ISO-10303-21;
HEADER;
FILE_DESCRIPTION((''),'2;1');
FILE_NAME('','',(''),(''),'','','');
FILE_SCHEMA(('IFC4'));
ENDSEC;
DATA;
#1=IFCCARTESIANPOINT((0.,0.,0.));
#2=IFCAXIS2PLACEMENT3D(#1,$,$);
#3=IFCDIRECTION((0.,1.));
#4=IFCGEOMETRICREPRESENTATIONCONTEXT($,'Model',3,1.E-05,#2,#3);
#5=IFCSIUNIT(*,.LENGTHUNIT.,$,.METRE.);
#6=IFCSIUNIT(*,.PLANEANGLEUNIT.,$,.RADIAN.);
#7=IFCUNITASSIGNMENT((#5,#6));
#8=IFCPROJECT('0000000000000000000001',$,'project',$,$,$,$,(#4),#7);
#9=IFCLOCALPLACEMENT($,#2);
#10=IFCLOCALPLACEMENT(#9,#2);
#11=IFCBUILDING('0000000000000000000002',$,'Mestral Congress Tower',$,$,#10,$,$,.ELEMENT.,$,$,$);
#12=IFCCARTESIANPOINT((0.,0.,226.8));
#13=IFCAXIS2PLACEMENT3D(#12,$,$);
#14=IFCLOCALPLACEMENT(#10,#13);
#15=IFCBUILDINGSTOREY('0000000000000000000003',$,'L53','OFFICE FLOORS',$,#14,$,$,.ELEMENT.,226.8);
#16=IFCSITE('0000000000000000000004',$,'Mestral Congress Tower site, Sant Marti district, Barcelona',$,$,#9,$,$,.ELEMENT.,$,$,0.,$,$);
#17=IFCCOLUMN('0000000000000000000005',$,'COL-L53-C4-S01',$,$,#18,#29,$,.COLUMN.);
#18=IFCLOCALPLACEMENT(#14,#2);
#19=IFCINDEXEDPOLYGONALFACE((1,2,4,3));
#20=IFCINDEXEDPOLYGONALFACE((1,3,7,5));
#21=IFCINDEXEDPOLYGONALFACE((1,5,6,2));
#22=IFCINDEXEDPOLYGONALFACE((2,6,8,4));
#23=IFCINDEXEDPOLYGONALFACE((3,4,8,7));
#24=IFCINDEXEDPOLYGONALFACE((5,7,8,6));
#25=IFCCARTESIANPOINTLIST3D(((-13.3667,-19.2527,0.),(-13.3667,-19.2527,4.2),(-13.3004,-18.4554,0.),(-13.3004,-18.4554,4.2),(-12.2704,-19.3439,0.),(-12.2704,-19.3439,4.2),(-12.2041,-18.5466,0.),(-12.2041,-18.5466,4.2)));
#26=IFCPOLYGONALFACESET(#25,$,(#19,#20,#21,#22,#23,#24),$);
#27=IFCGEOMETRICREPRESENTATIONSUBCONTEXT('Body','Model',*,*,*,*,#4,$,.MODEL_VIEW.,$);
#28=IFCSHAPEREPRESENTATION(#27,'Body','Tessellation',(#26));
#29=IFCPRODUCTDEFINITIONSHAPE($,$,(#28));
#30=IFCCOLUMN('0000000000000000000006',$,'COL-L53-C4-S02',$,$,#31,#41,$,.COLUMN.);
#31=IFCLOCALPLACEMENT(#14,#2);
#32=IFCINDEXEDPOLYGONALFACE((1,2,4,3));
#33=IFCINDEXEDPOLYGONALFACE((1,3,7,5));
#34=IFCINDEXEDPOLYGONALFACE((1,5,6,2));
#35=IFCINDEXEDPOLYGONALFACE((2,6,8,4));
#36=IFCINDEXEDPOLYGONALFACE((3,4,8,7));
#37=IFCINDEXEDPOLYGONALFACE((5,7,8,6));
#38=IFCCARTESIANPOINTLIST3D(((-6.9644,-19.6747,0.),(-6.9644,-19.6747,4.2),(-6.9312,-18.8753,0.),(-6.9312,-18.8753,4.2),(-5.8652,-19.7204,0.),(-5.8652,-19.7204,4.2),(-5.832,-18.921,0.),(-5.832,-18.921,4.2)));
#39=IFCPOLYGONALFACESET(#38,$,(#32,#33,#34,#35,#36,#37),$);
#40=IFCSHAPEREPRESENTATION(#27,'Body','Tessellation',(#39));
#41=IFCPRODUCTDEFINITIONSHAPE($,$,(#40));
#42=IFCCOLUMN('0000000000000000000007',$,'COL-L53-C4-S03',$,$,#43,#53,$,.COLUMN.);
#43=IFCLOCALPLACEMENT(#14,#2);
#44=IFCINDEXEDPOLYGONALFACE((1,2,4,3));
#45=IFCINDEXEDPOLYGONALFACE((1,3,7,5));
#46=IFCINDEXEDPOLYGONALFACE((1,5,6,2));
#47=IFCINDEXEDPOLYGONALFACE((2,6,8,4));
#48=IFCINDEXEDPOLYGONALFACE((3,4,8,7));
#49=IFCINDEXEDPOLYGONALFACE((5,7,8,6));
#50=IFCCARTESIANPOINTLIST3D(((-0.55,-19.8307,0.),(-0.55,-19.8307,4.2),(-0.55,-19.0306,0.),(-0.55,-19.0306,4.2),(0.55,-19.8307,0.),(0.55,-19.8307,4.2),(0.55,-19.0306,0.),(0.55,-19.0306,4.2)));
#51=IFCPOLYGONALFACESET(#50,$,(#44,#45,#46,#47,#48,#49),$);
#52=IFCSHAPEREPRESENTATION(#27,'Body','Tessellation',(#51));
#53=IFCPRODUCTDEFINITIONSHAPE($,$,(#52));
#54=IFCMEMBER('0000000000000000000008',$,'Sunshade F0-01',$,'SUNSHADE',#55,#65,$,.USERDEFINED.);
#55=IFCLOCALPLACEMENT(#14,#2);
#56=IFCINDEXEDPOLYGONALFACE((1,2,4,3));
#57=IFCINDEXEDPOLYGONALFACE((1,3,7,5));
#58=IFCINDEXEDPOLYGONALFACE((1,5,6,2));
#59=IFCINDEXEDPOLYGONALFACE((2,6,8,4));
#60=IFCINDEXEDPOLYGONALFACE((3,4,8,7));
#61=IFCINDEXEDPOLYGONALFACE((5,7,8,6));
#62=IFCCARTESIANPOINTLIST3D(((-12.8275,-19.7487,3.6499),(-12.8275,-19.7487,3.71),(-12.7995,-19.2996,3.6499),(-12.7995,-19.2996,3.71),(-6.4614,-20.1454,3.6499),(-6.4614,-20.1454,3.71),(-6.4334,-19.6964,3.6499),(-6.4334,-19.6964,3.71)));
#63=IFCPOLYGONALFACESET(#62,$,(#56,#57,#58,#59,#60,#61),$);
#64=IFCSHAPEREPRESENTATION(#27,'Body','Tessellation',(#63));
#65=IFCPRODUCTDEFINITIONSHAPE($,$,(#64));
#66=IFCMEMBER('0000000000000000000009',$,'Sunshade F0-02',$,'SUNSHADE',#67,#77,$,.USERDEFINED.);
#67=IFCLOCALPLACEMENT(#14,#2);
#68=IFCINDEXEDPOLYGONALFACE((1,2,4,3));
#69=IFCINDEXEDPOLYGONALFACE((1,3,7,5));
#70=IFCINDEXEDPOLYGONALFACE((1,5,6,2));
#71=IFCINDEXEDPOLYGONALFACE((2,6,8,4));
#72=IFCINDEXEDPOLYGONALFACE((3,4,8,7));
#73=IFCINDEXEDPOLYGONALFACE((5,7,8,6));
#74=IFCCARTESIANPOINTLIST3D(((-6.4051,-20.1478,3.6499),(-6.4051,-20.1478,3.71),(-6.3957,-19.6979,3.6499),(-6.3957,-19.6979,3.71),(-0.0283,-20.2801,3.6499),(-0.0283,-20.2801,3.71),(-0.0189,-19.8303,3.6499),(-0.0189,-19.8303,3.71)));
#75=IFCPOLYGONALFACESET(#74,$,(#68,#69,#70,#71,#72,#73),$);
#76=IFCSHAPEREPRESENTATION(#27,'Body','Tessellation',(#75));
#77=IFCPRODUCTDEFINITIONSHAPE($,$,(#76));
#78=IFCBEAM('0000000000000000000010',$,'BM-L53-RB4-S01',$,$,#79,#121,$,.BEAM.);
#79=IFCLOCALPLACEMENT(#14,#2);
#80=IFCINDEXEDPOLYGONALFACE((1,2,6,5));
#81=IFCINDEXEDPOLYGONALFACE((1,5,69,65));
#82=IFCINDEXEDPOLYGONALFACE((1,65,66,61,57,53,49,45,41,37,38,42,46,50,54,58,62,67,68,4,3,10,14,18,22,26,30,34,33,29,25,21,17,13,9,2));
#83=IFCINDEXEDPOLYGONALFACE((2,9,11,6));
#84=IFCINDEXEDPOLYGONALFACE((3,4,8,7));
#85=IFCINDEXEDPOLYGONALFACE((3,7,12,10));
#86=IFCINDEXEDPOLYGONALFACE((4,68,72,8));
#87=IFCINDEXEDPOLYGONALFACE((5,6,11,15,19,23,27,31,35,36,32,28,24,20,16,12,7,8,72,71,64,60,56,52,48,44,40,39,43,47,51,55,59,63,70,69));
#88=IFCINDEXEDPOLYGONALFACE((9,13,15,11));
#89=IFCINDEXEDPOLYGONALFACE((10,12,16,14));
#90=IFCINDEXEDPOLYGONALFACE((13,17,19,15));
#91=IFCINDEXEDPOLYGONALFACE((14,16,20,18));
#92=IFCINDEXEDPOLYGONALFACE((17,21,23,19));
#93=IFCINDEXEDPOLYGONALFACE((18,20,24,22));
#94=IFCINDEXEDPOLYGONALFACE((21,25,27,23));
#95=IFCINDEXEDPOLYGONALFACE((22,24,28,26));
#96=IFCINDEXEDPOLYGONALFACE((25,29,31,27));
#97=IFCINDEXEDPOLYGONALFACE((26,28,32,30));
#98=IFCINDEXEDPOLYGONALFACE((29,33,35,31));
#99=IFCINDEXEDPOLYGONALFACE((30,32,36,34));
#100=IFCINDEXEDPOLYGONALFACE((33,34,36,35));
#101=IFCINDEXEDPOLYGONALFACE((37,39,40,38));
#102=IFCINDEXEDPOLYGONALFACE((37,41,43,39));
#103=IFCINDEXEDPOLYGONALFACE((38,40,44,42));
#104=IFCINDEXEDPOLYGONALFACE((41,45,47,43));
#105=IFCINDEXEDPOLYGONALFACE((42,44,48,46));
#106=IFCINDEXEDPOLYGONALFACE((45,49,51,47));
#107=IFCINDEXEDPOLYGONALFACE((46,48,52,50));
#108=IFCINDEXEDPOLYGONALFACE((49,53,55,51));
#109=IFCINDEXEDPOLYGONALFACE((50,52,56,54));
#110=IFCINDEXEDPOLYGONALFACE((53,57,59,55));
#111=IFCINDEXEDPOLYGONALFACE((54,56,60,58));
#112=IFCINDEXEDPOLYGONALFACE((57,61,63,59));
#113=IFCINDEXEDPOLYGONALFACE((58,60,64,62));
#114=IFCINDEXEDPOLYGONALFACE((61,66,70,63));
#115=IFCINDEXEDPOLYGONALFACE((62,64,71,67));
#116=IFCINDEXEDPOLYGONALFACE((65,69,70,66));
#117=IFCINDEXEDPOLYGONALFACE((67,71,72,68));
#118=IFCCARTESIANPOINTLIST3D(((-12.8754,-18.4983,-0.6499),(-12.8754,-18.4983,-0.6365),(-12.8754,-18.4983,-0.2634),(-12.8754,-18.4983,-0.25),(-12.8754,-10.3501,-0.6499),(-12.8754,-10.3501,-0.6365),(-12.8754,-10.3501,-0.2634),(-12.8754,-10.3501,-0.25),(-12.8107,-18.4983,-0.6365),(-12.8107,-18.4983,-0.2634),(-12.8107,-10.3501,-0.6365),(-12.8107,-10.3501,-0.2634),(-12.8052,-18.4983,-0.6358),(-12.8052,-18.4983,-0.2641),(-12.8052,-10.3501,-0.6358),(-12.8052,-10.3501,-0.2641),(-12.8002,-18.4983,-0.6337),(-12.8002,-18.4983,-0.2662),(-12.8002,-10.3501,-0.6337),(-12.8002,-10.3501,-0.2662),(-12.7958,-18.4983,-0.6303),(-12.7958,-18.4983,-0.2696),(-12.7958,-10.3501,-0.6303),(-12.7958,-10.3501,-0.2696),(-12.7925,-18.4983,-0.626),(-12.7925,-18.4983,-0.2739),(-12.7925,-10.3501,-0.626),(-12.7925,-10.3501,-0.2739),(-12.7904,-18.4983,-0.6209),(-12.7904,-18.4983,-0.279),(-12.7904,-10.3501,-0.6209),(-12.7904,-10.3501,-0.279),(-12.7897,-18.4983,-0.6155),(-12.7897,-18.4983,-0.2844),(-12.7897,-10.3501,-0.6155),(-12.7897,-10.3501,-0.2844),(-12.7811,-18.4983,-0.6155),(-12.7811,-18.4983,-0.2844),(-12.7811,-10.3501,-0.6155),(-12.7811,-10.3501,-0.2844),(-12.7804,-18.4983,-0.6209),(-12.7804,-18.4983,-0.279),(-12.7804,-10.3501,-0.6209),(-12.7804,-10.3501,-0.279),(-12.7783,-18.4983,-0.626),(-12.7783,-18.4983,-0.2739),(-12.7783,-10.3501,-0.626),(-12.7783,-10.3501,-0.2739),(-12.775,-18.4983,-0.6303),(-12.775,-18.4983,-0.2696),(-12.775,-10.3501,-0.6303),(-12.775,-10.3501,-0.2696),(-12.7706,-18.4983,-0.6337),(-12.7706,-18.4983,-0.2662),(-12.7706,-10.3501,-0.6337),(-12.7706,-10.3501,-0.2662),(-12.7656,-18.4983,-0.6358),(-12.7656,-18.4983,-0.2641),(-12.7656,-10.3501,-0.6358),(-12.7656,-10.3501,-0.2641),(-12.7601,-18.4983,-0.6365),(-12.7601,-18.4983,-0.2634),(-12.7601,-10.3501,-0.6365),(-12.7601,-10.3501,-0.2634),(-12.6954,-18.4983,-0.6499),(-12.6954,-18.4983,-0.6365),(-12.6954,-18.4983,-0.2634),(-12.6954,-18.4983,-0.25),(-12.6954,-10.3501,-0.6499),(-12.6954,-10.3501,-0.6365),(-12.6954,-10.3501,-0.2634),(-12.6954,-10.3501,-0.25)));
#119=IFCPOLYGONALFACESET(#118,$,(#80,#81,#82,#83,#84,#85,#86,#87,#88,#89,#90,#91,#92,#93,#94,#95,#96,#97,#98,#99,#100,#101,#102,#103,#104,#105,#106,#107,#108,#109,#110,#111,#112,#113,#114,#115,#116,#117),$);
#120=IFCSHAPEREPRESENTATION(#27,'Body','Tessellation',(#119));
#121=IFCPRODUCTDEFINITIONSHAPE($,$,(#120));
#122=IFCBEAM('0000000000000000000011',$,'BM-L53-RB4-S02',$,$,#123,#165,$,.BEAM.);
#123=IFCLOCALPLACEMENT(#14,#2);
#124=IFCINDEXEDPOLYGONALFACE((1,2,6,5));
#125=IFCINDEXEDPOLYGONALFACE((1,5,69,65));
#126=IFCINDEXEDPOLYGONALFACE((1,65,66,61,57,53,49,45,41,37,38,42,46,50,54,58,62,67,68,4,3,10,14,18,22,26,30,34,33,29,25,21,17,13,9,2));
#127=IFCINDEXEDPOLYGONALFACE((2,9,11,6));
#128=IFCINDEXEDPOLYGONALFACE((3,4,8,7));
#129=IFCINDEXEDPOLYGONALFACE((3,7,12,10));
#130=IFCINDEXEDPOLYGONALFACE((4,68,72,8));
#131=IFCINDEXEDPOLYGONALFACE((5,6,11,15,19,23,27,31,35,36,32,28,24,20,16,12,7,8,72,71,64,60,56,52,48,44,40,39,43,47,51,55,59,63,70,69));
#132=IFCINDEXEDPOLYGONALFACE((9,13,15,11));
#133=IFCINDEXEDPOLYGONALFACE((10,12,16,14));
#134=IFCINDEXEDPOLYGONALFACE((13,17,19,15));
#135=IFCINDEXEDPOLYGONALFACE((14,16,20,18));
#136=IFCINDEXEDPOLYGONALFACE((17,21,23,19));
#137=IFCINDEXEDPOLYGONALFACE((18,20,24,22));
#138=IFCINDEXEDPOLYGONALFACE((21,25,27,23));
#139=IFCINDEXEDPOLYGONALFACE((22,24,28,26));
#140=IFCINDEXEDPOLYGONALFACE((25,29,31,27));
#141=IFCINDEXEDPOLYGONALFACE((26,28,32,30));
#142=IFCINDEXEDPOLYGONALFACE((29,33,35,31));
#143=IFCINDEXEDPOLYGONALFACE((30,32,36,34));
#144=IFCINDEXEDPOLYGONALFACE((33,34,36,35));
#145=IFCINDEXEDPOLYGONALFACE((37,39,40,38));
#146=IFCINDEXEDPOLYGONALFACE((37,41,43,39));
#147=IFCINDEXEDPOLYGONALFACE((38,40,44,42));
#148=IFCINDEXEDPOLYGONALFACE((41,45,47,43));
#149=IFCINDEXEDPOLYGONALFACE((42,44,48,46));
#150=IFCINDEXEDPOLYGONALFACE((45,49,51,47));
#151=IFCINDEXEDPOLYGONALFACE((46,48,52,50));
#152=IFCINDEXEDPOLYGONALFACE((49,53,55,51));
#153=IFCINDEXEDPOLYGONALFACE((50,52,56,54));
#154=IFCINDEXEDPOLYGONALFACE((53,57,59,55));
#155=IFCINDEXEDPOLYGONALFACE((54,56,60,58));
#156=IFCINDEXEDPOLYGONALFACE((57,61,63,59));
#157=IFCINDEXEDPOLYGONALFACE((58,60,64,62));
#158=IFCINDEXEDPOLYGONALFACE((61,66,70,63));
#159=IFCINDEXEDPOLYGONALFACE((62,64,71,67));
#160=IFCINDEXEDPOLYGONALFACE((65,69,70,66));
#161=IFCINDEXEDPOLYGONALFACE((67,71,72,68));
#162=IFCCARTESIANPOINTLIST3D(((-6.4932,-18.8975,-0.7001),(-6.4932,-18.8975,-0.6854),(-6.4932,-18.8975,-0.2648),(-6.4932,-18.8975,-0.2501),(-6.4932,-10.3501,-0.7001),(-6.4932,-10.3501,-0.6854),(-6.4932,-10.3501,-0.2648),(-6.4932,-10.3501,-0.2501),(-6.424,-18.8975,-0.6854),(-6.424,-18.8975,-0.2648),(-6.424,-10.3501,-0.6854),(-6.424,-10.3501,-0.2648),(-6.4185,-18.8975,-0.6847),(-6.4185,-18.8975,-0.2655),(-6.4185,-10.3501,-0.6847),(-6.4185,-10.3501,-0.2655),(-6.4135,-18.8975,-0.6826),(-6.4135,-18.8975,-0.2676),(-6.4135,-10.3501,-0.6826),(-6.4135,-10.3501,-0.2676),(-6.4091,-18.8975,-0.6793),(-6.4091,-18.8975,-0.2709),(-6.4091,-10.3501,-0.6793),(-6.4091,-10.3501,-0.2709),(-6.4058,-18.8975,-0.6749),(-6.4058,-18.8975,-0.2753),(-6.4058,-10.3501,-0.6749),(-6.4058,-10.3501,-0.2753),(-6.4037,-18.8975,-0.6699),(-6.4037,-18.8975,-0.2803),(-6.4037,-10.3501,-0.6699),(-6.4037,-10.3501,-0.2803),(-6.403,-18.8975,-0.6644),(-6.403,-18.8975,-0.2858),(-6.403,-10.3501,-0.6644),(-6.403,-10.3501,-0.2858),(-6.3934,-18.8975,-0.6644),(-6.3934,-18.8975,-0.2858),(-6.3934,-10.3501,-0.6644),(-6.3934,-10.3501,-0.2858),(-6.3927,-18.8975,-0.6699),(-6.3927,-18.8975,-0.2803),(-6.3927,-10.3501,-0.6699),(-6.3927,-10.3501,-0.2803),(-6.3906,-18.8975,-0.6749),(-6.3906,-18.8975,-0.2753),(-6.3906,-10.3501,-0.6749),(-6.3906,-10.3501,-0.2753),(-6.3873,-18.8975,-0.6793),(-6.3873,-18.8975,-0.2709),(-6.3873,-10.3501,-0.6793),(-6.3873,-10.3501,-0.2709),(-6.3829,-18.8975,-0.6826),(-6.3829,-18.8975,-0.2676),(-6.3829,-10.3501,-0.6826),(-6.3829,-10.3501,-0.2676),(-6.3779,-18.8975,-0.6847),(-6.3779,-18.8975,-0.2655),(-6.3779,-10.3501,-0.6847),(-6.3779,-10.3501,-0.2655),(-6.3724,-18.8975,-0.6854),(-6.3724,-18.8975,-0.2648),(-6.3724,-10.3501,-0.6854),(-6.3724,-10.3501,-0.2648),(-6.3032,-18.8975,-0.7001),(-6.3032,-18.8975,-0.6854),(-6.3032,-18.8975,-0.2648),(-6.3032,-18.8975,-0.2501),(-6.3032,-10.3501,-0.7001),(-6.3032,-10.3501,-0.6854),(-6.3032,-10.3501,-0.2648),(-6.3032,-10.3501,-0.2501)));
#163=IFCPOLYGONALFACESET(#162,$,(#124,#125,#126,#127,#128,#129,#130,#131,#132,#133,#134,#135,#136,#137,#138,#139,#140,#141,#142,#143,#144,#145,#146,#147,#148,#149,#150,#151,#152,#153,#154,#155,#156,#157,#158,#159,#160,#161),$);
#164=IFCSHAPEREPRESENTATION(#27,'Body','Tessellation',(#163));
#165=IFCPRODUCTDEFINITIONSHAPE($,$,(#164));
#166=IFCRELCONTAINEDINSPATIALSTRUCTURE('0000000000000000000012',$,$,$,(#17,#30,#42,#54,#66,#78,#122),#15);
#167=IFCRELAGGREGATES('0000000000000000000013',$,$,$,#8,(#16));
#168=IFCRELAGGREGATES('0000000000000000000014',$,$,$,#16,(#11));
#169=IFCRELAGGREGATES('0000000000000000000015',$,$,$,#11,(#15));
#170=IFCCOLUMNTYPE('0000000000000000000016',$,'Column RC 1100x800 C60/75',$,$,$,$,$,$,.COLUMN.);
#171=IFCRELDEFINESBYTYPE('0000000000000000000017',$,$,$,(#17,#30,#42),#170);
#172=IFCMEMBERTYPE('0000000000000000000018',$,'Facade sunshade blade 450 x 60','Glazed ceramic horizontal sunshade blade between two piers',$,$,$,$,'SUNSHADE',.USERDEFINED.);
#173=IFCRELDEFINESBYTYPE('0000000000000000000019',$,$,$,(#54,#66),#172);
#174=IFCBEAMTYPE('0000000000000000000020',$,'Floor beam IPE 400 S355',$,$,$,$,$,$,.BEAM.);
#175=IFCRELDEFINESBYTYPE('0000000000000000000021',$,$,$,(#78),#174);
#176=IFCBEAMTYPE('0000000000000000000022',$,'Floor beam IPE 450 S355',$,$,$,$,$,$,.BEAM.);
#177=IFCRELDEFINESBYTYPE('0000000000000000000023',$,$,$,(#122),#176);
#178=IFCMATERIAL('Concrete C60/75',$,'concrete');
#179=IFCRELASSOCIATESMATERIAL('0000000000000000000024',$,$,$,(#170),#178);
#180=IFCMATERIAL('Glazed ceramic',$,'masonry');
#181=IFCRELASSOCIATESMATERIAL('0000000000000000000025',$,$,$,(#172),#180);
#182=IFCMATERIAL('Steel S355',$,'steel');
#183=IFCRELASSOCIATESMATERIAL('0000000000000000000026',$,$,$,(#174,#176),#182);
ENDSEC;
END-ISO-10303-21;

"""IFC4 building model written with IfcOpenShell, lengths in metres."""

from ifc_helpers import new_model, si_unit, direction, frame, origin, origin_2d, place, context, subcontext, project, spatial, rectangle, i_section, extrude, material, material_profile, profile_set, type_object, element, save


model = new_model("IFC4")

# Units and contexts
model_context = context("Model", 3, precision=1e-05, world=origin(), true_north=direction((0.0, 1.0)))
body_context = subcontext(model_context, "Body", "Model", "MODEL_VIEW")
ifc_project = project(units=[si_unit("LENGTHUNIT", "METRE"), si_unit("PLANEANGLEUNIT", "RADIAN")], contexts=[model_context])

# Site, building, storey
site_placement = place(None, origin())
site = spatial("IfcSite", under=ifc_project, at=site_placement, Name="Mestral Congress Tower site, Sant Marti district, Barcelona", CompositionType="ELEMENT", RefElevation=0.0)
building_placement = place(site_placement, origin())
building = spatial("IfcBuilding", under=site, at=building_placement, Name="Mestral Congress Tower", CompositionType="ELEMENT")
storey_placement = place(building_placement, frame((0.0, 0.0, 226.8)))
storey = spatial("IfcBuildingStorey", under=building, at=storey_placement, Name="L53", Description="OFFICE FLOORS", CompositionType="ELEMENT", Elevation=226.8)

# Columns
ifc_material_1 = material(Name="Concrete C60/75", Category="concrete")
ifc_material_profile_1 = material_profile(ifc_material_1, rectangle(XDim=1.1001, YDim=0.8, at=origin_2d()), Name="RC 1100x800")
ifc_profile_set_1 = profile_set([ifc_material_profile_1], Name="Concrete C60/75")
column_type = type_object("IfcColumnType", Name="Column RC 1100x800 C60/75", PredefinedType="COLUMN", material=ifc_profile_set_1)
for number, where, z_axis, x_axis, name in (
    (1, (-12.7854, -18.8997, 0.0), (0.0, 0.0, 1.0), (0.996557, -0.082914, 0.0), "COL-L53-C4-S01"),
    (2, (-6.3982, -19.2979, 0.0), (0.0, 0.0, 1.0), (0.999139, -0.041492, 0.0), "COL-L53-C4-S02"),
    (3, (0.0, -19.4307, 0.0), (0.0, 0.0, 1.0), (1.0, 0.0, 0.0), "COL-L53-C4-S03"),
):
    element("IfcColumn", number, at=place(storey_placement, frame(where, z_axis=z_axis, x_axis=x_axis)), inside=storey, type_object=column_type, Name=name, PredefinedType="COLUMN", context=body_context, shape_type="SweptSolid", body=[
        extrude(rectangle(XDim=1.1001, YDim=0.8, at=origin_2d()), origin(), (0.0, 0.0, 1.0), 4.2),
    ])

# Members
ifc_material_2 = material(Name="Glazed ceramic", Category="masonry")
ifc_material_profile_2 = material_profile(ifc_material_2, rectangle(XDim=0.45, YDim=0.0601, at=origin_2d()), Name="Ceramic blade 450 x 60")
ifc_profile_set_2 = profile_set([ifc_material_profile_2], Name="Glazed ceramic")
member_type = type_object("IfcMemberType", Name="Facade sunshade blade 450 x 60", Description="Glazed ceramic horizontal sunshade blade between two piers", ElementType="SUNSHADE", PredefinedType="USERDEFINED", material=ifc_profile_set_2)
member_1_placement = place(storey_placement, frame((-12.8135, -19.5242, 3.6799), z_axis=(0.998064, -0.0622, 0.0), x_axis=(0.0622, 0.998064, 0.0)))
element("IfcMember", 4, at=member_1_placement, inside=storey, type_object=member_type, Name="Sunshade F0-01", ObjectType="SUNSHADE", PredefinedType="USERDEFINED", context=body_context, shape_type="SweptSolid", body=[
    extrude(rectangle(XDim=0.45, YDim=0.0601, at=origin_2d()), origin(), (0.0, 0.0, 1.0), 6.3784),
])
member_2_placement = place(storey_placement, frame((-6.4004, -19.9229, 3.6799), z_axis=(0.999785, -0.020747, 0.0), x_axis=(0.020747, 0.999785, 0.0)))
element("IfcMember", 5, at=member_2_placement, inside=storey, type_object=member_type, Name="Sunshade F0-02", ObjectType="SUNSHADE", PredefinedType="USERDEFINED", context=body_context, shape_type="SweptSolid", body=[
    extrude(rectangle(XDim=0.45, YDim=0.0601, at=origin_2d()), origin(), (0.0, 0.0, 1.0), 6.3782),
])

# Beams
ifc_material_3 = material(Name="Steel S355", Category="steel")
ifc_material_profile_3 = material_profile(ifc_material_3, i_section(OverallWidth=0.1799, OverallDepth=0.3999, WebThickness=0.0085, FlangeThickness=0.0134, FilletRadius=0.021, at=origin_2d()), Name="IPE 400")
ifc_profile_set_3 = profile_set([ifc_material_profile_3], Name="Steel S355")
beam_type_1 = type_object("IfcBeamType", Name="Floor beam IPE 400 S355", PredefinedType="BEAM", material=ifc_profile_set_3)
beam_1_placement = place(storey_placement, frame((-12.7854, -18.4983, -0.45), z_axis=(0.0, 1.0, 0.0), x_axis=(-1.0, 0.0, 0.0)))
element("IfcBeam", 6, at=beam_1_placement, inside=storey, type_object=beam_type_1, Name="BM-L53-RB4-S01", PredefinedType="BEAM", context=body_context, shape_type="SweptSolid", body=[
    extrude(i_section(OverallWidth=0.1799, OverallDepth=0.3999, WebThickness=0.0085, FlangeThickness=0.0134, FilletRadius=0.021, at=origin_2d()), origin(), (0.0, 0.0, 1.0), 8.1482),
])
ifc_material_profile_4 = material_profile(ifc_material_3, i_section(OverallWidth=0.1899, OverallDepth=0.45, WebThickness=0.0095, FlangeThickness=0.0146, FilletRadius=0.021, at=origin_2d()), Name="IPE 450")
ifc_profile_set_4 = profile_set([ifc_material_profile_4], Name="Steel S355")
beam_type_2 = type_object("IfcBeamType", Name="Floor beam IPE 450 S355", PredefinedType="BEAM", material=ifc_profile_set_4)
beam_2_placement = place(storey_placement, frame((-6.3982, -18.8975, -0.4751), z_axis=(0.0, 1.0, 0.0), x_axis=(-1.0, 0.0, 0.0)))
element("IfcBeam", 7, at=beam_2_placement, inside=storey, type_object=beam_type_2, Name="BM-L53-RB4-S02", PredefinedType="BEAM", context=body_context, shape_type="SweptSolid", body=[
    extrude(i_section(OverallWidth=0.1899, OverallDepth=0.45, WebThickness=0.0095, FlangeThickness=0.0146, FilletRadius=0.021, at=origin_2d()), origin(), (0.0, 0.0, 1.0), 8.5474),
])

save(model, "model.ifc")
